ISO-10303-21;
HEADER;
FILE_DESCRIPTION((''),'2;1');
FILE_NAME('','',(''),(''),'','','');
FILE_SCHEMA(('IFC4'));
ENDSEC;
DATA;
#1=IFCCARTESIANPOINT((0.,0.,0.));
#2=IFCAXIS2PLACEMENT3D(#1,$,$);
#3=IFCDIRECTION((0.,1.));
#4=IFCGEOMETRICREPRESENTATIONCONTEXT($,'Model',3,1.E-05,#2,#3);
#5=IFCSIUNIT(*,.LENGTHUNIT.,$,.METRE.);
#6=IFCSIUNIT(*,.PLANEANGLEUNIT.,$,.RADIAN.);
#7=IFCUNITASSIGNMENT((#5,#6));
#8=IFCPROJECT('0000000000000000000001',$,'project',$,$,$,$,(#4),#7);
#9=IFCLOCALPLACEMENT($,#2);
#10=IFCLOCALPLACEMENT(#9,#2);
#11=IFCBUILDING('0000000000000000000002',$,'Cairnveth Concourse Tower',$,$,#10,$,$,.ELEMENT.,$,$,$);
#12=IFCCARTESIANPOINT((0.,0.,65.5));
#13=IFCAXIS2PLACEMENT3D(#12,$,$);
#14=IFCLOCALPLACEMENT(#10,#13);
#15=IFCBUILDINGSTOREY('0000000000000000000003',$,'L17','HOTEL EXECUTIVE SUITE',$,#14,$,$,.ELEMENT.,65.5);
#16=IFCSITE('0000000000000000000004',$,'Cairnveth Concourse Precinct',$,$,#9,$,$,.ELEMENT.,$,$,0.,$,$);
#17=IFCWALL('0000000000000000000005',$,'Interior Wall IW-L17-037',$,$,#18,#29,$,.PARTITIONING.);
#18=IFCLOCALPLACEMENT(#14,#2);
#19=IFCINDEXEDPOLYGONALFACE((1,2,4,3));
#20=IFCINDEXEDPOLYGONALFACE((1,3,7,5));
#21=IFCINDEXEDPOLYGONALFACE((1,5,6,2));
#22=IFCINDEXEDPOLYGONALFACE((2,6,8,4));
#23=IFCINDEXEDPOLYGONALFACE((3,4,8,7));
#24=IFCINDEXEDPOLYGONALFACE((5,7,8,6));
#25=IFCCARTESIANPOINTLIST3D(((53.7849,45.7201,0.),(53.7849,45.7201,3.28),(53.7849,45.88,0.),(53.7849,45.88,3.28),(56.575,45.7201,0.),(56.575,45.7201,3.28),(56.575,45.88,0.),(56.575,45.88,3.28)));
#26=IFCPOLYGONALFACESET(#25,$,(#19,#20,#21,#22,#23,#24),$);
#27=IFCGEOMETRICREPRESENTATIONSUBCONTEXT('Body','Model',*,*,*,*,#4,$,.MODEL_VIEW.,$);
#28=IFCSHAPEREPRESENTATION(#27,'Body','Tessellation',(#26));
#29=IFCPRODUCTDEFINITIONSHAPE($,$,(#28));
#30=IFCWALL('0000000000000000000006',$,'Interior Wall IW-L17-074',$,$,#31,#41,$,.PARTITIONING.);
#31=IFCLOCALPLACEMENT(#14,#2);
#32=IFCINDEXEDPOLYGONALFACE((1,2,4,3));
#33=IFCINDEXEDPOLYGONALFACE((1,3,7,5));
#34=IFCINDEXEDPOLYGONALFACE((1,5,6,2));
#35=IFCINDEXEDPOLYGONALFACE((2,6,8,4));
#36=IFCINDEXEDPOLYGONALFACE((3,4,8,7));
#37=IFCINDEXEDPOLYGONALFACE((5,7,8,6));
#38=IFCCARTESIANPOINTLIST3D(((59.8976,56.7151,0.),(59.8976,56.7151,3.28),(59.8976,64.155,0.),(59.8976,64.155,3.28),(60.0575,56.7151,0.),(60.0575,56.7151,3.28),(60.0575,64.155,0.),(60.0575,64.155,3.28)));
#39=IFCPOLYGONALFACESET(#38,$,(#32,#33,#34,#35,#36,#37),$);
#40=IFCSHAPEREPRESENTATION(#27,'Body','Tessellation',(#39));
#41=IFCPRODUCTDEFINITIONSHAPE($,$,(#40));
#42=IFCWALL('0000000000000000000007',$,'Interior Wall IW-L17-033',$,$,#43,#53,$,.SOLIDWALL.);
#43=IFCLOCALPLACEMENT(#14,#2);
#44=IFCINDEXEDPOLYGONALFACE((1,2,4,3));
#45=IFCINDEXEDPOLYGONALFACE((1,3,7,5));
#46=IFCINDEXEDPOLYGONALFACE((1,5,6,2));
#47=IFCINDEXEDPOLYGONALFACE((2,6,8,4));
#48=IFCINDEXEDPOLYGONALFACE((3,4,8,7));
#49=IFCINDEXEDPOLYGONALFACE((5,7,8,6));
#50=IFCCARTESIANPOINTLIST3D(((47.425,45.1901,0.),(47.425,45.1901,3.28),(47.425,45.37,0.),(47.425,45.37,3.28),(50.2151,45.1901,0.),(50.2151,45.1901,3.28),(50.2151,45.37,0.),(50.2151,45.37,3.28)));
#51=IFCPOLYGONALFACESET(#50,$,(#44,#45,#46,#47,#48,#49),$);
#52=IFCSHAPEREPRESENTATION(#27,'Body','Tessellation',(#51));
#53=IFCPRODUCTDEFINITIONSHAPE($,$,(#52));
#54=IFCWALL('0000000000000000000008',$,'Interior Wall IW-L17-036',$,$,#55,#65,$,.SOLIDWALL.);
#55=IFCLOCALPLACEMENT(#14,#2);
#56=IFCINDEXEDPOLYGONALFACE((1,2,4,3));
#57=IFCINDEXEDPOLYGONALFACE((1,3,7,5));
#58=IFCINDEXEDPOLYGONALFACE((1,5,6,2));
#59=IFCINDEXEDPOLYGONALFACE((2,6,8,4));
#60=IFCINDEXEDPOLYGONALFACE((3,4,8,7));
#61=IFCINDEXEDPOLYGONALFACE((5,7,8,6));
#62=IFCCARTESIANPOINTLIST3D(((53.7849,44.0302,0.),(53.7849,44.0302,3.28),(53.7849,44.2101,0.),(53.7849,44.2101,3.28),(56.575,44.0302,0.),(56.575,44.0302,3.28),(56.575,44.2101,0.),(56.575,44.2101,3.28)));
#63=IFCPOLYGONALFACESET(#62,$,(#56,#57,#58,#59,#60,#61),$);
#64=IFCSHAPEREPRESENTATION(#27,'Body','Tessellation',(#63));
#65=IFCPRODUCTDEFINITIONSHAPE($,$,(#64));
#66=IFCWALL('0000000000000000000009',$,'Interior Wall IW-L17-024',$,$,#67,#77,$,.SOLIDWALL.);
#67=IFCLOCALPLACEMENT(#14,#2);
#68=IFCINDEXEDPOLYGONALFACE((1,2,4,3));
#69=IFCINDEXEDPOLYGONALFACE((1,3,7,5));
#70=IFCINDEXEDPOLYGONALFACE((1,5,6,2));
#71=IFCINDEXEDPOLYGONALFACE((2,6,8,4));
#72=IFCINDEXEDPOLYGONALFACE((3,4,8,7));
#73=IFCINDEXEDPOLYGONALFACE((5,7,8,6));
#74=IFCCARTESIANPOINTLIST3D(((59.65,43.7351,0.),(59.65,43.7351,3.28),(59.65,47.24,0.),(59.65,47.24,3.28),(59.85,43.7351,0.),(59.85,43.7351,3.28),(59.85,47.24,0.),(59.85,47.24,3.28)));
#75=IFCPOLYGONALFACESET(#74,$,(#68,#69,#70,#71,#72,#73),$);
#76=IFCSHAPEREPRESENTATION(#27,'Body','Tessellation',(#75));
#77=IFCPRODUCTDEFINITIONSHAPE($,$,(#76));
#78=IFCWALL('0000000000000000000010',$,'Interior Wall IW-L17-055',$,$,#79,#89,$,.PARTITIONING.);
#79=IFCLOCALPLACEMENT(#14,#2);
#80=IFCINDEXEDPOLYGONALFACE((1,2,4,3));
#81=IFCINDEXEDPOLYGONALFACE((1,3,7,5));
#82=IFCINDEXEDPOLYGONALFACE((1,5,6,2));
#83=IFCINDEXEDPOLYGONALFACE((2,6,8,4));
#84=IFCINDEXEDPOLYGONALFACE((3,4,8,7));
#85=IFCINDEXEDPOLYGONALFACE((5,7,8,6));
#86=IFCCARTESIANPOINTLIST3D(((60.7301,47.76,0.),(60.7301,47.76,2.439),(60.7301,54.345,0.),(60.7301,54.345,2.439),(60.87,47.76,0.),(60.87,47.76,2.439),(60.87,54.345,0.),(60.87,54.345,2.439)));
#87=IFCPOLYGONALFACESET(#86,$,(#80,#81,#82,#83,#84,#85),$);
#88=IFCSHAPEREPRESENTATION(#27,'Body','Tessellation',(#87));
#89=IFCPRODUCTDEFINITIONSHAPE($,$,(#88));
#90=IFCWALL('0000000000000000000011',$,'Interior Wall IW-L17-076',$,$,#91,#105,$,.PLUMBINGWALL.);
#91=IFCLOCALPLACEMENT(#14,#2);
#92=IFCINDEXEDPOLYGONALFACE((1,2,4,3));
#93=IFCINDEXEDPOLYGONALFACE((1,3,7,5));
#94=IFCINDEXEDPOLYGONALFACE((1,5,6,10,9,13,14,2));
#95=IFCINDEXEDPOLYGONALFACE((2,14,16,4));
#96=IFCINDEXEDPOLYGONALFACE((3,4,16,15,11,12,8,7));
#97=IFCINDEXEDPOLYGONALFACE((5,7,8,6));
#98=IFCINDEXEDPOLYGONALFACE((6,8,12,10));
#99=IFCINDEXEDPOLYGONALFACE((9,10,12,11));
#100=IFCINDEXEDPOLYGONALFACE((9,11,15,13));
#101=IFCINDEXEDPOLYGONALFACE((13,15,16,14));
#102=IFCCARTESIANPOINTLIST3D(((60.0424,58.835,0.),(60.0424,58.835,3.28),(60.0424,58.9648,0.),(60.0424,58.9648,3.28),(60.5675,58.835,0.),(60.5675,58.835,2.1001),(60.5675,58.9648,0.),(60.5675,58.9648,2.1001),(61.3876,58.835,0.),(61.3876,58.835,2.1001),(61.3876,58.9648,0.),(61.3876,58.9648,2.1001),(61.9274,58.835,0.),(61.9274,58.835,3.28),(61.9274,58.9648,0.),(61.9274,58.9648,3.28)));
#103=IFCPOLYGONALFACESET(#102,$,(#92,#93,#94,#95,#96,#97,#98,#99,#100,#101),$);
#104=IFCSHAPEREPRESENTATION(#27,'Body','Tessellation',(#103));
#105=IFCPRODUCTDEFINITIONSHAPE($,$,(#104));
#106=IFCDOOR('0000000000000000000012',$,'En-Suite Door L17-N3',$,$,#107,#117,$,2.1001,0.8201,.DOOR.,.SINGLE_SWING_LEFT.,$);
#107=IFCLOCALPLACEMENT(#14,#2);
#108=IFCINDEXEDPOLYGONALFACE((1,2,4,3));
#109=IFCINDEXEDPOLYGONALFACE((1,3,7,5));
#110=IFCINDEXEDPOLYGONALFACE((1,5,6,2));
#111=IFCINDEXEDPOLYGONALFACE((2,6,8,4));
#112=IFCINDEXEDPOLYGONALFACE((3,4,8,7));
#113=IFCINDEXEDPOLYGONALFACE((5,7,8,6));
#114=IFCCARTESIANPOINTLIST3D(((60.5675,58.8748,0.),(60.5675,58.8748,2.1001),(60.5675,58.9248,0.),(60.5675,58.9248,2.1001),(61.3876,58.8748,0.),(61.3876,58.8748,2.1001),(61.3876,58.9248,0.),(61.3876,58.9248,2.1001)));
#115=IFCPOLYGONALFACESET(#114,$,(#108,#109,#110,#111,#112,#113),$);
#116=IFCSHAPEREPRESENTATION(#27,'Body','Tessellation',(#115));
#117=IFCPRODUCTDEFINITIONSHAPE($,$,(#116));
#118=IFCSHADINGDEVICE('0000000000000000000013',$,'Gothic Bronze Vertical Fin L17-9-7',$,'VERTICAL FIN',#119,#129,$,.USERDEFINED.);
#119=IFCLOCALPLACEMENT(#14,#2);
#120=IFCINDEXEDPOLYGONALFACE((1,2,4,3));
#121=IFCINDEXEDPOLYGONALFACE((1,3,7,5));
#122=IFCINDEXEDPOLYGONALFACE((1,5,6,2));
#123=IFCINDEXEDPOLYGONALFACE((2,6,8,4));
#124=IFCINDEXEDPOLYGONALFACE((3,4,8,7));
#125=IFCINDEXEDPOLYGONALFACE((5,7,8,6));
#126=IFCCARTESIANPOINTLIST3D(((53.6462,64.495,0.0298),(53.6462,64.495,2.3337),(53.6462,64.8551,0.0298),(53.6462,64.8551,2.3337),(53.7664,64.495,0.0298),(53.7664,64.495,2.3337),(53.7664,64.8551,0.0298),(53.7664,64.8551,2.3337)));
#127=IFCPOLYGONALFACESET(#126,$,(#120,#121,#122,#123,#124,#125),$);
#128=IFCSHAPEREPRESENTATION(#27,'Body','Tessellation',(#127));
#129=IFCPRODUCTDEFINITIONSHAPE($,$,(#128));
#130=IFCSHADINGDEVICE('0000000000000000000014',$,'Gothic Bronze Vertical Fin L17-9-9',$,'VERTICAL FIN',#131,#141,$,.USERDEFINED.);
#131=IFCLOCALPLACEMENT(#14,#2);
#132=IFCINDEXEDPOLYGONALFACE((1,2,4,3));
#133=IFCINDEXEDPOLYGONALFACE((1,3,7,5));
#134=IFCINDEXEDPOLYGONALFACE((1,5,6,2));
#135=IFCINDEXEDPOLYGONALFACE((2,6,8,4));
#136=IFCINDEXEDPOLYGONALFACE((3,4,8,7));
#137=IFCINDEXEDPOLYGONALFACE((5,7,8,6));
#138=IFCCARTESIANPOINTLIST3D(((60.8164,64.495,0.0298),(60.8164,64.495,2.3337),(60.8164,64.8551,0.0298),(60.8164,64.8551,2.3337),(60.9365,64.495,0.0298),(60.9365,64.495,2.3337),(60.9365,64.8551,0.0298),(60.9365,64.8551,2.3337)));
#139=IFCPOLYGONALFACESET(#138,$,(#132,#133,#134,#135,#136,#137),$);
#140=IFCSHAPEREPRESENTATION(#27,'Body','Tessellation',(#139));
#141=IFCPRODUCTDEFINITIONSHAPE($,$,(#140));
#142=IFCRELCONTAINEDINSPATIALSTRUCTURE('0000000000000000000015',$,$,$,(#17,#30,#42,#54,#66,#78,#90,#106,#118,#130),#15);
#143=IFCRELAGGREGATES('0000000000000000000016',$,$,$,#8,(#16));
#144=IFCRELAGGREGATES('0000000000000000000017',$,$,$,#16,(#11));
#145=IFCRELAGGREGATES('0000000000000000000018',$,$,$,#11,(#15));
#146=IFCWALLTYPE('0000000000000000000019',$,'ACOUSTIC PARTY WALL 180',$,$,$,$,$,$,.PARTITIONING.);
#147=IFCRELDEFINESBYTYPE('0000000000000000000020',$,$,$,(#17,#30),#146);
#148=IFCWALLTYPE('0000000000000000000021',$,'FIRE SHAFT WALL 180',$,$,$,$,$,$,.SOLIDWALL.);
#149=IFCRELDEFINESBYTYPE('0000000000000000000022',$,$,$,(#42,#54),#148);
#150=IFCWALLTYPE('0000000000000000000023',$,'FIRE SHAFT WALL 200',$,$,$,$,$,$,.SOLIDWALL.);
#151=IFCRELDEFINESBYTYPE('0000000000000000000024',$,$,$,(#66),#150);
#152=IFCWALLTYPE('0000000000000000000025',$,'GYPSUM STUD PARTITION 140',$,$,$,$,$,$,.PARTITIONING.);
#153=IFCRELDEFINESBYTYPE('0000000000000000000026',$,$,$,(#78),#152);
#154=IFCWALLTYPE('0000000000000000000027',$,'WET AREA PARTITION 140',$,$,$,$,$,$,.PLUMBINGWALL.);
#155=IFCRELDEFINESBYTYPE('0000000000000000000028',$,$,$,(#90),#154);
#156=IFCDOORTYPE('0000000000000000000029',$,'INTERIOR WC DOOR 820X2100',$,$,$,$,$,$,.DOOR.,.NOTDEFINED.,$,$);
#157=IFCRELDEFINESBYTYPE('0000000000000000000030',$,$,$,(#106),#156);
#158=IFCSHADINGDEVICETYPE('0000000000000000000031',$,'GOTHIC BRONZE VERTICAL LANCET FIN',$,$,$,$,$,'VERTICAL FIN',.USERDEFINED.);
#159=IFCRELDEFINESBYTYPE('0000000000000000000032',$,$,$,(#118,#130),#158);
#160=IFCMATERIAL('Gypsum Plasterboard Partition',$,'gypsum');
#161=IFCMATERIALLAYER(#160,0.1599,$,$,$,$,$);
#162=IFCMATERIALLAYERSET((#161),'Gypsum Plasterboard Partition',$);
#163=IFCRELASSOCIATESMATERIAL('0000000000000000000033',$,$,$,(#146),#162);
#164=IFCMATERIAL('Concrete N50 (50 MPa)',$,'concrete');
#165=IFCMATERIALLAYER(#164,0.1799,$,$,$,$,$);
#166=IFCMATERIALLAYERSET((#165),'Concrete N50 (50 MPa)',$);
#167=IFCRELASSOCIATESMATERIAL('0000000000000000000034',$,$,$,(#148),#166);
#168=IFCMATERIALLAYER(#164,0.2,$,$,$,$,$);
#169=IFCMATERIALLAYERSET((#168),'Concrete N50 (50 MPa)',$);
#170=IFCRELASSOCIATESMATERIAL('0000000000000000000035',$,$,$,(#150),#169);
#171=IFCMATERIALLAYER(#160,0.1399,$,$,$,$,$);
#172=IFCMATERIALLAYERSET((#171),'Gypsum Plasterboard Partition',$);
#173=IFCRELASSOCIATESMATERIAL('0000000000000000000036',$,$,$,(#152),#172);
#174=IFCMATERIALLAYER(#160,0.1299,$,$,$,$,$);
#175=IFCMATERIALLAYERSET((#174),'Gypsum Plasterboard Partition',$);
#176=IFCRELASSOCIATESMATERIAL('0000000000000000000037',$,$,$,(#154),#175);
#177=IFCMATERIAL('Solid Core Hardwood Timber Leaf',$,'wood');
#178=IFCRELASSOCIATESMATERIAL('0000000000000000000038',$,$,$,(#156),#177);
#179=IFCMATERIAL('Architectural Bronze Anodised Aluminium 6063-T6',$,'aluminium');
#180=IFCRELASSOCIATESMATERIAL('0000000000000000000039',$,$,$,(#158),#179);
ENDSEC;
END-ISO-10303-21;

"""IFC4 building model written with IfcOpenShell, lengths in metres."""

from ifc_helpers import new_model, si_unit, direction, frame, frame_2d, origin, origin_2d, place, context, subcontext, project, spatial, rectangle, extrude, material, layer, layer_set, type_object, element, fill, save


model = new_model("IFC4")

# Units and contexts
model_context = context("Model", 3, precision=1e-05, world=origin(), true_north=direction((0.0, 1.0)))
body_context = subcontext(model_context, "Body", "Model", "MODEL_VIEW")
ifc_project = project(units=[si_unit("LENGTHUNIT", "METRE"), si_unit("PLANEANGLEUNIT", "RADIAN")], contexts=[model_context])

# Site, building, storey
site_placement = place(None, origin())
site = spatial("IfcSite", under=ifc_project, at=site_placement, Name="Cairnveth Concourse Precinct", CompositionType="ELEMENT", RefElevation=0.0)
building_placement = place(site_placement, origin())
building = spatial("IfcBuilding", under=site, at=building_placement, Name="Cairnveth Concourse Tower", CompositionType="ELEMENT")
storey_placement = place(building_placement, frame((0.0, 0.0, 65.5)))
storey = spatial("IfcBuildingStorey", under=building, at=storey_placement, Name="L17", Description="HOTEL EXECUTIVE SUITE", CompositionType="ELEMENT", Elevation=65.5)

# Walls
ifc_material_1 = material(Name="Gypsum Plasterboard Partition", Category="gypsum")
ifc_layer_1 = layer(ifc_material_1, 0.1599)
ifc_layer_set_1 = layer_set([ifc_layer_1], Name="Gypsum Plasterboard Partition")
wall_type_1 = type_object("IfcWallType", Name="ACOUSTIC PARTY WALL 180", PredefinedType="PARTITIONING", material=ifc_layer_set_1)
wall_1_placement = place(storey_placement, frame((53.7849, 45.8, 0.0), z_axis=(0.0, 0.0, 1.0), x_axis=(1.0, 0.0, 0.0)))
element("IfcWall", 1, at=wall_1_placement, inside=storey, type_object=wall_type_1, Name="Interior Wall IW-L17-037", PredefinedType="PARTITIONING", context=body_context, shape_type="SweptSolid", body=[
    extrude(rectangle(XDim=2.79, YDim=0.1599, at=frame_2d((1.395, 0.0))), origin(), (0.0, 0.0, 1.0), 3.28),
])
wall_2_placement = place(storey_placement, frame((59.9775, 56.7151, 0.0), z_axis=(0.0, 0.0, 1.0), x_axis=(0.0, 1.0, 0.0)))
element("IfcWall", 2, at=wall_2_placement, inside=storey, type_object=wall_type_1, Name="Interior Wall IW-L17-074", PredefinedType="PARTITIONING", context=body_context, shape_type="SweptSolid", body=[
    extrude(rectangle(XDim=7.4399, YDim=0.1599, at=frame_2d((3.72, 0.0))), origin(), (0.0, 0.0, 1.0), 3.28),
])
ifc_material_2 = material(Name="Concrete N50 (50 MPa)", Category="concrete")
ifc_layer_2 = layer(ifc_material_2, 0.1799)
ifc_layer_set_2 = layer_set([ifc_layer_2], Name="Concrete N50 (50 MPa)")
wall_type_2 = type_object("IfcWallType", Name="FIRE SHAFT WALL 180", PredefinedType="SOLIDWALL", material=ifc_layer_set_2)
for number, where, z_axis, x_axis, name in (
    (3, (47.425, 45.28, 0.0), (0.0, 0.0, 1.0), (1.0, 0.0, 0.0), "Interior Wall IW-L17-033"),
    (4, (53.7849, 44.1201, 0.0), (0.0, 0.0, 1.0), (1.0, 0.0, 0.0), "Interior Wall IW-L17-036"),
):
    element("IfcWall", number, at=place(storey_placement, frame(where, z_axis=z_axis, x_axis=x_axis)), inside=storey, type_object=wall_type_2, Name=name, PredefinedType="SOLIDWALL", context=body_context, shape_type="SweptSolid", body=[
        extrude(rectangle(XDim=2.79, YDim=0.1799, at=frame_2d((1.395, 0.0))), origin(), (0.0, 0.0, 1.0), 3.28),
    ])
ifc_layer_3 = layer(ifc_material_2, 0.2)
ifc_layer_set_3 = layer_set([ifc_layer_3], Name="Concrete N50 (50 MPa)")
wall_type_3 = type_object("IfcWallType", Name="FIRE SHAFT WALL 200", PredefinedType="SOLIDWALL", material=ifc_layer_set_3)
wall_3_placement = place(storey_placement, frame((59.75, 43.7351, 0.0), z_axis=(0.0, 0.0, 1.0), x_axis=(0.0, 1.0, 0.0)))
element("IfcWall", 5, at=wall_3_placement, inside=storey, type_object=wall_type_3, Name="Interior Wall IW-L17-024", PredefinedType="SOLIDWALL", context=body_context, shape_type="SweptSolid", body=[
    extrude(rectangle(XDim=3.5049, YDim=0.2, at=frame_2d((1.7524, 0.0))), origin(), (0.0, 0.0, 1.0), 3.28),
])
ifc_layer_4 = layer(ifc_material_1, 0.1399)
ifc_layer_set_4 = layer_set([ifc_layer_4], Name="Gypsum Plasterboard Partition")
wall_type_4 = type_object("IfcWallType", Name="GYPSUM STUD PARTITION 140", PredefinedType="PARTITIONING", material=ifc_layer_set_4)
wall_4_placement = place(storey_placement, frame((60.8, 47.76, 0.0), z_axis=(0.0, 0.0, 1.0), x_axis=(0.0, 1.0, 0.0)))
element("IfcWall", 6, at=wall_4_placement, inside=storey, type_object=wall_type_4, Name="Interior Wall IW-L17-055", PredefinedType="PARTITIONING", context=body_context, shape_type="SweptSolid", body=[
    extrude(rectangle(XDim=6.585, YDim=0.1399, at=frame_2d((3.2925, 0.0))), origin(), (0.0, 0.0, 1.0), 2.439),
])

# Wall, opening, door
ifc_layer_5 = layer(ifc_material_1, 0.1299)
ifc_layer_set_5 = layer_set([ifc_layer_5], Name="Gypsum Plasterboard Partition")
wall_type_5 = type_object("IfcWallType", Name="WET AREA PARTITION 140", PredefinedType="PLUMBINGWALL", material=ifc_layer_set_5)
wall_5_placement = place(storey_placement, frame((60.0425, 58.8999, 0.0), z_axis=(0.0, 0.0, 1.0), x_axis=(1.0, 0.0, 0.0)))
wall_5 = element("IfcWall", 7, at=wall_5_placement, inside=storey, type_object=wall_type_5, Name="Interior Wall IW-L17-076", PredefinedType="PLUMBINGWALL", context=body_context, shape_type="SweptSolid", body=[
    extrude(rectangle(XDim=1.885, YDim=0.1299, at=frame_2d((0.9424, 0.0))), origin(), (0.0, 0.0, 1.0), 3.28),
])
opening_placement = place(wall_5_placement, frame((0.5249, 0.0, 0.0)))
opening = element("IfcOpeningElement", 8, at=opening_placement, cuts=wall_5, PredefinedType="OPENING", context=body_context, shape_type="SweptSolid", body=[
    extrude(rectangle(XDim=0.8201, YDim=2.1001, at=frame_2d((0.4102, 1.05))), frame((0.0, 0.075, 0.0), z_axis=(0.0, -1.0, 0.0), x_axis=(1.0, 0.0, 0.0)), (0.0, 0.0, 1.0), 0.1499),
])
ifc_material_3 = material(Name="Solid Core Hardwood Timber Leaf", Category="wood")
door_type = type_object("IfcDoorType", Name="INTERIOR WC DOOR 820X2100", OperationType="NOTDEFINED", PredefinedType="DOOR", material=ifc_material_3)
door_placement = place(opening_placement, origin())
door = element("IfcDoor", 9, at=door_placement, inside=storey, type_object=door_type, Name="En-Suite Door L17-N3", OperationType="SINGLE_SWING_LEFT", OverallHeight=2.1001, OverallWidth=0.8201, PredefinedType="DOOR", context=body_context, shape_type="SweptSolid", body=[
    extrude(rectangle(XDim=0.8201, YDim=2.1001, at=frame_2d((0.4102, 1.05))), frame((0.0, 0.0249, 0.0), z_axis=(0.0, -1.0, 0.0), x_axis=(1.0, 0.0, 0.0)), (0.0, 0.0, 1.0), 0.05),
])
fill(opening, door)

# Shading devices
ifc_material_4 = material(Name="Architectural Bronze Anodised Aluminium 6063-T6", Category="aluminium")
shading_device_type = type_object("IfcShadingDeviceType", Name="GOTHIC BRONZE VERTICAL LANCET FIN", ElementType="VERTICAL FIN", PredefinedType="USERDEFINED", material=ifc_material_4)
for number, where, z_axis, x_axis, name in (
    (10, (53.7063, 64.675, 0.0298), (0.0, 0.0, 1.0), (1.0, 0.0, 0.0), "Gothic Bronze Vertical Fin L17-9-7"),
    (11, (60.8765, 64.675, 0.0298), (0.0, 0.0, 1.0), (1.0, 0.0, 0.0), "Gothic Bronze Vertical Fin L17-9-9"),
):
    element("IfcShadingDevice", number, at=place(storey_placement, frame(where, z_axis=z_axis, x_axis=x_axis)), inside=storey, type_object=shading_device_type, Name=name, ObjectType="VERTICAL FIN", PredefinedType="USERDEFINED", context=body_context, shape_type="SweptSolid", body=[
        extrude(rectangle(XDim=0.1201, YDim=0.3601, at=origin_2d()), origin(), (0.0, 0.0, 1.0), 2.304),
    ])

save(model, "model.ifc")
